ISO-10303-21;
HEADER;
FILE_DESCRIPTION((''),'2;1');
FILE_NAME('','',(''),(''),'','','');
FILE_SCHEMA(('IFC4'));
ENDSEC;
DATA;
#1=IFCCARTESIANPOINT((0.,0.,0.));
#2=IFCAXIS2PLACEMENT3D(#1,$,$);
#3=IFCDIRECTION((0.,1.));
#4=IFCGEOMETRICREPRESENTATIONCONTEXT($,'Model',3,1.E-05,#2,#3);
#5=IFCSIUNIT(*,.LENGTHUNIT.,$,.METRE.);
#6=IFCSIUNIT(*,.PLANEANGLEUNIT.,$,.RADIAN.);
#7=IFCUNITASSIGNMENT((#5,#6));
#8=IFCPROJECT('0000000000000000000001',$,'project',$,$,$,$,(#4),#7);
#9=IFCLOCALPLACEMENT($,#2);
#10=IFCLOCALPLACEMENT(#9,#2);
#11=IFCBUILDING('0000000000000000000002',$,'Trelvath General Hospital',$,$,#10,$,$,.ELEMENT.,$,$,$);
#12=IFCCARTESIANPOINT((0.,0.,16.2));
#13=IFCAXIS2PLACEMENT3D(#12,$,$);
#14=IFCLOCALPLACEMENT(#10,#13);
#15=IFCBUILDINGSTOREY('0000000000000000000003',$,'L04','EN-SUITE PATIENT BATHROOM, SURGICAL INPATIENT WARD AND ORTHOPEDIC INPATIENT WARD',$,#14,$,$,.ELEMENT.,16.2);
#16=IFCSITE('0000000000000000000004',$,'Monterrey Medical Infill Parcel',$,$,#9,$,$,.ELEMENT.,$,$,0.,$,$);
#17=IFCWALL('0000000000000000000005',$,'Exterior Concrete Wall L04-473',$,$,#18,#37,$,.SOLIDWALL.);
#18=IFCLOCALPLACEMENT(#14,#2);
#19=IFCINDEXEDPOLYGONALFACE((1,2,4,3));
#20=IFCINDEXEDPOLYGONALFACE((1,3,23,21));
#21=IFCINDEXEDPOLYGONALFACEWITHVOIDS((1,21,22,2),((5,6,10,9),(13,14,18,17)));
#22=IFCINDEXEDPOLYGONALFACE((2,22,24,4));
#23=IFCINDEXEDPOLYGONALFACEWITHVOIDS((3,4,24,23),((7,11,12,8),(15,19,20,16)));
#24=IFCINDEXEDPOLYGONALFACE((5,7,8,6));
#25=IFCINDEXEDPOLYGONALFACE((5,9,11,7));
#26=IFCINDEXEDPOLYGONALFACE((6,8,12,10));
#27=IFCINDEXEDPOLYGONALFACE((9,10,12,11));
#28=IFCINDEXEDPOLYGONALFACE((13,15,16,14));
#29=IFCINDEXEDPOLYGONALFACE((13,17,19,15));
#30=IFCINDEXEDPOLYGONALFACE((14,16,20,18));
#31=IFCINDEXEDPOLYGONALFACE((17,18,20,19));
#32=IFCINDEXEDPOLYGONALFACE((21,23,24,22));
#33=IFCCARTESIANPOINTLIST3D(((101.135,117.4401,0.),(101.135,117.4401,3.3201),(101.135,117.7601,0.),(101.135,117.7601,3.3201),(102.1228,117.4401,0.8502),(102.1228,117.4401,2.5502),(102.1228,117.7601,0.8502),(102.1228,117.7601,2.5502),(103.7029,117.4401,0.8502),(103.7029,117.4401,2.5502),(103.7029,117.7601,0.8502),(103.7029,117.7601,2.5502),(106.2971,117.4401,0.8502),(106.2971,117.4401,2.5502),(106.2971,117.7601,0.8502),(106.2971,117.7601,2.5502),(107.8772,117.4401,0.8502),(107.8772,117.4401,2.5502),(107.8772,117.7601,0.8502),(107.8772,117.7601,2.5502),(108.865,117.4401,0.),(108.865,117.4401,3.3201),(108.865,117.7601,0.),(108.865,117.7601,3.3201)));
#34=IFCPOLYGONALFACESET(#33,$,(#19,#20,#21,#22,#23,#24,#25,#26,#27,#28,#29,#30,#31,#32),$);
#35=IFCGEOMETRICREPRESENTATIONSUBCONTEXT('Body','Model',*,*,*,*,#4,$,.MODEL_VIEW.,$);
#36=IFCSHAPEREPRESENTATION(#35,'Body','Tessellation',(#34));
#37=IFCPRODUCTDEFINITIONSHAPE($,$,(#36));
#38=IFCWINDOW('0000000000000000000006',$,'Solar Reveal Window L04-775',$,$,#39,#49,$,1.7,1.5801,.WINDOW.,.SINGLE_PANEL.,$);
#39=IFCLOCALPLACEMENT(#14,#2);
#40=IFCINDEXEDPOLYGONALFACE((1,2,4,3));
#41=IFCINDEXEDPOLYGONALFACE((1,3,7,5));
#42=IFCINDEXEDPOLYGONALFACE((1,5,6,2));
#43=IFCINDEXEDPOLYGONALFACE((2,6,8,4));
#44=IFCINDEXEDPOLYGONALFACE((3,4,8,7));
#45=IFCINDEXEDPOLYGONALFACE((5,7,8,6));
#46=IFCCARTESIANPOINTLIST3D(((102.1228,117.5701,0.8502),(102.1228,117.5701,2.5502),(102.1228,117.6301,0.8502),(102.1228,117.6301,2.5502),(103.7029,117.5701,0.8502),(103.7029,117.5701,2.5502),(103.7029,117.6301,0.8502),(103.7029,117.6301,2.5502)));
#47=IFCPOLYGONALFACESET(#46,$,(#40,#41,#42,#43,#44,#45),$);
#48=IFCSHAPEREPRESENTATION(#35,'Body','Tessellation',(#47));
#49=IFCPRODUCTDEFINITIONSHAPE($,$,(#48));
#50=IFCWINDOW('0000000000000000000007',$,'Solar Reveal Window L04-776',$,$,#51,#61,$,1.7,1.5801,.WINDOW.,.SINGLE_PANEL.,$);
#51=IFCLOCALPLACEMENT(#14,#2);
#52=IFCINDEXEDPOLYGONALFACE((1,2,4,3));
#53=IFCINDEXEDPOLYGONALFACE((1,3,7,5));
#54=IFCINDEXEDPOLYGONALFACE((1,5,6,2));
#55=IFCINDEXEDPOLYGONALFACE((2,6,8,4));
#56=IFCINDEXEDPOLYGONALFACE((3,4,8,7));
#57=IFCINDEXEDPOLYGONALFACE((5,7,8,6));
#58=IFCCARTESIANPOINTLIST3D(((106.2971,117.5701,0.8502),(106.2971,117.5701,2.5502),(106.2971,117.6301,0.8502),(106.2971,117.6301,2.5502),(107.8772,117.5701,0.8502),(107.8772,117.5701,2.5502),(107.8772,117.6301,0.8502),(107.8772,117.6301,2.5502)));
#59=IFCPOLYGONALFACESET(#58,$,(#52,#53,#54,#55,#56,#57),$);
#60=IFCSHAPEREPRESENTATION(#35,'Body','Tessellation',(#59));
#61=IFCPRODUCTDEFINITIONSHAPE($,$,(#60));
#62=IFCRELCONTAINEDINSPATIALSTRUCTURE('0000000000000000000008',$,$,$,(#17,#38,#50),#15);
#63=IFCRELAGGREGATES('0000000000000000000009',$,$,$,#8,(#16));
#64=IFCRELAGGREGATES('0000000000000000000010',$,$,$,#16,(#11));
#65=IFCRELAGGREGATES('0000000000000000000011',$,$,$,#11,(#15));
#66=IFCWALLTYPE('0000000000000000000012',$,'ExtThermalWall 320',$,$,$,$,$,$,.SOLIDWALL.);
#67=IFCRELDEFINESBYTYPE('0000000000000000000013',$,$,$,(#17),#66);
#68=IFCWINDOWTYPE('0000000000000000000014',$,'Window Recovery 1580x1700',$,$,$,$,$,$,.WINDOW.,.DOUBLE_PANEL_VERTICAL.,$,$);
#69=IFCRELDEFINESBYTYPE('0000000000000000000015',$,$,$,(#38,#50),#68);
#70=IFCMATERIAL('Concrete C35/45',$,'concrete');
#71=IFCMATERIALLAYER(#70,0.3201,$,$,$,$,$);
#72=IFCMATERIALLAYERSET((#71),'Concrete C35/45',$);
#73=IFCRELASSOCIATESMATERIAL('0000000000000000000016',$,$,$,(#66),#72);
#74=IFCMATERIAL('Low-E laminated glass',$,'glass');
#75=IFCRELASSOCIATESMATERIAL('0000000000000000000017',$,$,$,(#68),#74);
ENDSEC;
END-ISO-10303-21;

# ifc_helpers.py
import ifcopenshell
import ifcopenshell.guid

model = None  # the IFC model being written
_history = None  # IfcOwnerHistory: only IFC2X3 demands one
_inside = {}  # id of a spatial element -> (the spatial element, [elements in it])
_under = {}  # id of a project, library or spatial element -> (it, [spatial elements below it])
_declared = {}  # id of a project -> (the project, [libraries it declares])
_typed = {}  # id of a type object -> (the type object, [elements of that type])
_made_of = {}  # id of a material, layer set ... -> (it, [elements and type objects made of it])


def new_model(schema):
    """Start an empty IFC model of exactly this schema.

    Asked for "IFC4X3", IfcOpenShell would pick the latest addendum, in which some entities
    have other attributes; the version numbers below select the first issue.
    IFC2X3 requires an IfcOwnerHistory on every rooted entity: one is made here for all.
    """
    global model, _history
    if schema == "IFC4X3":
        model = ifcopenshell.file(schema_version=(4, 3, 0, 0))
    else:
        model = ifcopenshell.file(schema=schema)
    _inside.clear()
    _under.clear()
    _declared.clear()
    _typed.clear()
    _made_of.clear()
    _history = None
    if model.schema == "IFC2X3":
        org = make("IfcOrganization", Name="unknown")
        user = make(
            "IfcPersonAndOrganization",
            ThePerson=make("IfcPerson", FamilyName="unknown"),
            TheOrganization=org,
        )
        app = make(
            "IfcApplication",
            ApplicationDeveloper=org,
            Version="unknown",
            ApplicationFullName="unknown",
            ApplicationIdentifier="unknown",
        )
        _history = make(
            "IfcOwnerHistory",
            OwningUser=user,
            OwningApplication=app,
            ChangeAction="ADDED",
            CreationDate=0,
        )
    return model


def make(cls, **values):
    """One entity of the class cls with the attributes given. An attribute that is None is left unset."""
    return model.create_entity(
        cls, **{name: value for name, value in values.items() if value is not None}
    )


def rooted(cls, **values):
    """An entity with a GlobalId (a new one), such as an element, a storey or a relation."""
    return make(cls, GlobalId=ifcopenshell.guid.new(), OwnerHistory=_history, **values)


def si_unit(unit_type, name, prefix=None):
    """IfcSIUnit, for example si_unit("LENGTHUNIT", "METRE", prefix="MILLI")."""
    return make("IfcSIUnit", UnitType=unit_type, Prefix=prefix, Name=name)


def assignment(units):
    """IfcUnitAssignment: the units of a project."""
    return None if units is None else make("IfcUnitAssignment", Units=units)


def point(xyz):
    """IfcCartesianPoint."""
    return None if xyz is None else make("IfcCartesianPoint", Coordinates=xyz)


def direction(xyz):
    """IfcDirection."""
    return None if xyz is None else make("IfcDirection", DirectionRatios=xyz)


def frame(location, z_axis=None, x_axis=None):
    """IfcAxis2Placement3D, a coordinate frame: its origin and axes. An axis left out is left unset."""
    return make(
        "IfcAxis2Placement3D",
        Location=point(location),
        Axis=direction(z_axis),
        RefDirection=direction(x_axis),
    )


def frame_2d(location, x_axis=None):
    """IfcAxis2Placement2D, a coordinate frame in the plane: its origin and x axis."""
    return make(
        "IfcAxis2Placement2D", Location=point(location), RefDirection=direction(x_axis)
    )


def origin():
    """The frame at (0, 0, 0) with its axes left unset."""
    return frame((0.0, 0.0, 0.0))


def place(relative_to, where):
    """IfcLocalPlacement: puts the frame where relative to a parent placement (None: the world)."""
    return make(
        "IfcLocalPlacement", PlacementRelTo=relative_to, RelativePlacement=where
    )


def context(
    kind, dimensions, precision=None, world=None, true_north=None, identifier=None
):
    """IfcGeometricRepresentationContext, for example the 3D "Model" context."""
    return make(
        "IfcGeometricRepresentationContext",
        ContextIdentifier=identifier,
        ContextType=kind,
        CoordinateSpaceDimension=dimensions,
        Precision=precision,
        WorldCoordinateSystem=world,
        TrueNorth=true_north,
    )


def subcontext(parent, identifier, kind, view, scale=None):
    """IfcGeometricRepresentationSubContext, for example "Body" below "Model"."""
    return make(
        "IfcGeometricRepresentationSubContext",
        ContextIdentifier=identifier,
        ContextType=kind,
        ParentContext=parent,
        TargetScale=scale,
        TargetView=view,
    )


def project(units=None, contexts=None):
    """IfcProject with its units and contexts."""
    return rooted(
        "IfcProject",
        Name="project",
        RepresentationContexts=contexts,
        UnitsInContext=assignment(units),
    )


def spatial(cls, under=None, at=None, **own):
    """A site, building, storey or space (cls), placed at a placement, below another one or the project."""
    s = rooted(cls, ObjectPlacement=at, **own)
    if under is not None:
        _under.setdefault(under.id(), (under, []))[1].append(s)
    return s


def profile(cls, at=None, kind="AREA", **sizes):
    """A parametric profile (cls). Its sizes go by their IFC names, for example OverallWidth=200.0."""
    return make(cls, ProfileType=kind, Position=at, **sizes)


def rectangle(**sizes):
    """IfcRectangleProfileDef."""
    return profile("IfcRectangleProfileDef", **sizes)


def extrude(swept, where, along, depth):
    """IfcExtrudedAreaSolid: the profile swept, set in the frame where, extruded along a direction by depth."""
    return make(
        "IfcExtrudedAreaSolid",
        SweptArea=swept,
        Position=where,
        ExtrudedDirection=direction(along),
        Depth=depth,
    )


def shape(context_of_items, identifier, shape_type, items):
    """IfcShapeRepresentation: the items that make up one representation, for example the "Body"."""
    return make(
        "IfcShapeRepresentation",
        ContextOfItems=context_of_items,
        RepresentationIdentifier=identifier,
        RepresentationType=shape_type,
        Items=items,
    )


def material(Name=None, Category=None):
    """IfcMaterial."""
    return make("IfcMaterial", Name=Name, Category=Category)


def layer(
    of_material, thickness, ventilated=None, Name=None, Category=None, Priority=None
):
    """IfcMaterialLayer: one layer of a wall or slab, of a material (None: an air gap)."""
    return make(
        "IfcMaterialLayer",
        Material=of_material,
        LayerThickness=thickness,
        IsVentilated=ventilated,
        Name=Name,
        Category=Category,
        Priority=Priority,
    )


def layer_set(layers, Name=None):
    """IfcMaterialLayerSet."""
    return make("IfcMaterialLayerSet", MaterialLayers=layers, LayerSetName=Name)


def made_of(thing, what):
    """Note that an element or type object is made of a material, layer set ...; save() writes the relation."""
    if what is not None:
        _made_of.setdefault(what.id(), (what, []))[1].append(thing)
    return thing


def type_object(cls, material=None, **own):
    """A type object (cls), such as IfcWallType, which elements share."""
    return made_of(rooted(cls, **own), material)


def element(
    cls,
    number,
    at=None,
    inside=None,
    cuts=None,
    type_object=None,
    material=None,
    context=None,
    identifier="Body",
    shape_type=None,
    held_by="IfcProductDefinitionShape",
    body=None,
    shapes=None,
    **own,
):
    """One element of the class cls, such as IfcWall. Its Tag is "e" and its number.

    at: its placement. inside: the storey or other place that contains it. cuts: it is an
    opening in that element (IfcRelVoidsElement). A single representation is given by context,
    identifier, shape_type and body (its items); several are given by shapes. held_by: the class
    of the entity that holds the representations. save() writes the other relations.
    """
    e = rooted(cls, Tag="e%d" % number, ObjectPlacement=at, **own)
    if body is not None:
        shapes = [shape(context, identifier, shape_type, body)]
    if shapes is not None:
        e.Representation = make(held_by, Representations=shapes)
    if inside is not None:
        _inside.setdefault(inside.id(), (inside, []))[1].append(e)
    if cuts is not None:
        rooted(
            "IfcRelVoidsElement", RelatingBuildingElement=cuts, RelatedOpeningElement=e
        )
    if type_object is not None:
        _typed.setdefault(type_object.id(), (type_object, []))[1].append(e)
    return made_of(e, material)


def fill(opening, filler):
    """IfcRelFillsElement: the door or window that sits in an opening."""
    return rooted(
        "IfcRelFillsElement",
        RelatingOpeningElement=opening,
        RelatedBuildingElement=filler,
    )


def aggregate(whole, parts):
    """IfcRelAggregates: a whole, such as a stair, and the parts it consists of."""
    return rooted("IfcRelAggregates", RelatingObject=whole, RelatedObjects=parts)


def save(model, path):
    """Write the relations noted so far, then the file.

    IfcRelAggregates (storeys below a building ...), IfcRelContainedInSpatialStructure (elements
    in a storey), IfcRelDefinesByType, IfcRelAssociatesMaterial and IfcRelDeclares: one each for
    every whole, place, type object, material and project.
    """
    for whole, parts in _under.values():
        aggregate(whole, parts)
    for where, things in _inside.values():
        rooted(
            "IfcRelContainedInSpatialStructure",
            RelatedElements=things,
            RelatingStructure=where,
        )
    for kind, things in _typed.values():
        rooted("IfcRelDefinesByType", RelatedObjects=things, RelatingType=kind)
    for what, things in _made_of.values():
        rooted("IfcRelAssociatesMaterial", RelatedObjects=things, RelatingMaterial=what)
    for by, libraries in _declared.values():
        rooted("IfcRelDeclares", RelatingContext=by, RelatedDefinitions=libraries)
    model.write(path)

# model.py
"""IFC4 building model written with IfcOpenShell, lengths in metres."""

from ifc_helpers import new_model, si_unit, direction, frame, frame_2d, origin, place, context, subcontext, project, spatial, rectangle, extrude, material, layer, layer_set, type_object, element, fill, save


model = new_model("IFC4")

# Units and contexts
model_context = context("Model", 3, precision=1e-05, world=origin(), true_north=direction((0.0, 1.0)))
body_context = subcontext(model_context, "Body", "Model", "MODEL_VIEW")
ifc_project = project(units=[si_unit("LENGTHUNIT", "METRE"), si_unit("PLANEANGLEUNIT", "RADIAN")], contexts=[model_context])

# Site, building, storey
site_placement = place(None, origin())
site = spatial("IfcSite", under=ifc_project, at=site_placement, Name="Monterrey Medical Infill Parcel", CompositionType="ELEMENT", RefElevation=0.0)
building_placement = place(site_placement, origin())
building = spatial("IfcBuilding", under=site, at=building_placement, Name="Trelvath General Hospital", CompositionType="ELEMENT")
storey_placement = place(building_placement, frame((0.0, 0.0, 16.2)))
storey = spatial("IfcBuildingStorey", under=building, at=storey_placement, Name="L04", Description="EN-SUITE PATIENT BATHROOM, SURGICAL INPATIENT WARD AND ORTHOPEDIC INPATIENT WARD", CompositionType="ELEMENT", Elevation=16.2)

# Wall, openings, windows
ifc_material_1 = material(Name="Concrete C35/45", Category="concrete")
ifc_layer_1 = layer(ifc_material_1, 0.3201)
ifc_layer_set_1 = layer_set([ifc_layer_1], Name="Concrete C35/45")
wall_type_1 = type_object("IfcWallType", Name="ExtThermalWall 320", PredefinedType="SOLIDWALL", material=ifc_layer_set_1)
wall_1_placement = place(storey_placement, frame((101.135, 117.6001, 0.0), z_axis=(0.0, 0.0, 1.0), x_axis=(1.0, 0.0, 0.0)))
wall_1 = element("IfcWall", 1, at=wall_1_placement, inside=storey, type_object=wall_type_1, Name="Exterior Concrete Wall L04-473", PredefinedType="SOLIDWALL", context=body_context, shape_type="SweptSolid", body=[
    extrude(rectangle(XDim=7.73, YDim=0.3201, at=frame_2d((3.865, 0.0))), origin(), (0.0, 0.0, 1.0), 3.3201),
])
opening_1_placement = place(wall_1_placement, frame((0.9878, 0.0, 0.8501)))
opening_1 = element("IfcOpeningElement", 2, at=opening_1_placement, cuts=wall_1, PredefinedType="OPENING", context=body_context, shape_type="SweptSolid", body=[
    extrude(rectangle(XDim=1.5801, YDim=1.7, at=frame_2d((0.79, 0.8501))), frame((0.0, 0.1699, 0.0), z_axis=(0.0, -1.0, 0.0), x_axis=(1.0, 0.0, 0.0)), (0.0, 0.0, 1.0), 0.3401),
])
opening_2_placement = place(wall_1_placement, frame((5.1621, 0.0, 0.8501)))
opening_2 = element("IfcOpeningElement", 3, at=opening_2_placement, cuts=wall_1, PredefinedType="OPENING", context=body_context, shape_type="SweptSolid", body=[
    extrude(rectangle(XDim=1.5801, YDim=1.7, at=frame_2d((0.79, 0.8501))), frame((0.0, 0.1699, 0.0), z_axis=(0.0, -1.0, 0.0), x_axis=(1.0, 0.0, 0.0)), (0.0, 0.0, 1.0), 0.3401),
])
ifc_material_2 = material(Name="Low-E laminated glass", Category="glass")
window_type = type_object("IfcWindowType", Name="Window Recovery 1580x1700", PartitioningType="DOUBLE_PANEL_VERTICAL", PredefinedType="WINDOW", material=ifc_material_2)
window_1_placement = place(opening_1_placement, origin())
window_1 = element("IfcWindow", 4, at=window_1_placement, inside=storey, type_object=window_type, Name="Solar Reveal Window L04-775", OverallHeight=1.7, OverallWidth=1.5801, PartitioningType="SINGLE_PANEL", PredefinedType="WINDOW", context=body_context, shape_type="SweptSolid", body=[
    extrude(rectangle(XDim=1.5801, YDim=1.7, at=frame_2d((0.79, 0.8501))), frame((0.0, 0.03, 0.0), z_axis=(0.0, -1.0, 0.0), x_axis=(1.0, 0.0, 0.0)), (0.0, 0.0, 1.0), 0.0601),
])
fill(opening_1, window_1)
window_2_placement = place(opening_2_placement, origin())
window_2 = element("IfcWindow", 5, at=window_2_placement, inside=storey, type_object=window_type, Name="Solar Reveal Window L04-776", OverallHeight=1.7, OverallWidth=1.5801, PartitioningType="SINGLE_PANEL", PredefinedType="WINDOW", context=body_context, shape_type="SweptSolid", body=[
    extrude(rectangle(XDim=1.5801, YDim=1.7, at=frame_2d((0.79, 0.8501))), frame((0.0, 0.03, 0.0), z_axis=(0.0, -1.0, 0.0), x_axis=(1.0, 0.0, 0.0)), (0.0, 0.0, 1.0), 0.0601),
])
fill(opening_2, window_2)

save(model, "model.ifc")
